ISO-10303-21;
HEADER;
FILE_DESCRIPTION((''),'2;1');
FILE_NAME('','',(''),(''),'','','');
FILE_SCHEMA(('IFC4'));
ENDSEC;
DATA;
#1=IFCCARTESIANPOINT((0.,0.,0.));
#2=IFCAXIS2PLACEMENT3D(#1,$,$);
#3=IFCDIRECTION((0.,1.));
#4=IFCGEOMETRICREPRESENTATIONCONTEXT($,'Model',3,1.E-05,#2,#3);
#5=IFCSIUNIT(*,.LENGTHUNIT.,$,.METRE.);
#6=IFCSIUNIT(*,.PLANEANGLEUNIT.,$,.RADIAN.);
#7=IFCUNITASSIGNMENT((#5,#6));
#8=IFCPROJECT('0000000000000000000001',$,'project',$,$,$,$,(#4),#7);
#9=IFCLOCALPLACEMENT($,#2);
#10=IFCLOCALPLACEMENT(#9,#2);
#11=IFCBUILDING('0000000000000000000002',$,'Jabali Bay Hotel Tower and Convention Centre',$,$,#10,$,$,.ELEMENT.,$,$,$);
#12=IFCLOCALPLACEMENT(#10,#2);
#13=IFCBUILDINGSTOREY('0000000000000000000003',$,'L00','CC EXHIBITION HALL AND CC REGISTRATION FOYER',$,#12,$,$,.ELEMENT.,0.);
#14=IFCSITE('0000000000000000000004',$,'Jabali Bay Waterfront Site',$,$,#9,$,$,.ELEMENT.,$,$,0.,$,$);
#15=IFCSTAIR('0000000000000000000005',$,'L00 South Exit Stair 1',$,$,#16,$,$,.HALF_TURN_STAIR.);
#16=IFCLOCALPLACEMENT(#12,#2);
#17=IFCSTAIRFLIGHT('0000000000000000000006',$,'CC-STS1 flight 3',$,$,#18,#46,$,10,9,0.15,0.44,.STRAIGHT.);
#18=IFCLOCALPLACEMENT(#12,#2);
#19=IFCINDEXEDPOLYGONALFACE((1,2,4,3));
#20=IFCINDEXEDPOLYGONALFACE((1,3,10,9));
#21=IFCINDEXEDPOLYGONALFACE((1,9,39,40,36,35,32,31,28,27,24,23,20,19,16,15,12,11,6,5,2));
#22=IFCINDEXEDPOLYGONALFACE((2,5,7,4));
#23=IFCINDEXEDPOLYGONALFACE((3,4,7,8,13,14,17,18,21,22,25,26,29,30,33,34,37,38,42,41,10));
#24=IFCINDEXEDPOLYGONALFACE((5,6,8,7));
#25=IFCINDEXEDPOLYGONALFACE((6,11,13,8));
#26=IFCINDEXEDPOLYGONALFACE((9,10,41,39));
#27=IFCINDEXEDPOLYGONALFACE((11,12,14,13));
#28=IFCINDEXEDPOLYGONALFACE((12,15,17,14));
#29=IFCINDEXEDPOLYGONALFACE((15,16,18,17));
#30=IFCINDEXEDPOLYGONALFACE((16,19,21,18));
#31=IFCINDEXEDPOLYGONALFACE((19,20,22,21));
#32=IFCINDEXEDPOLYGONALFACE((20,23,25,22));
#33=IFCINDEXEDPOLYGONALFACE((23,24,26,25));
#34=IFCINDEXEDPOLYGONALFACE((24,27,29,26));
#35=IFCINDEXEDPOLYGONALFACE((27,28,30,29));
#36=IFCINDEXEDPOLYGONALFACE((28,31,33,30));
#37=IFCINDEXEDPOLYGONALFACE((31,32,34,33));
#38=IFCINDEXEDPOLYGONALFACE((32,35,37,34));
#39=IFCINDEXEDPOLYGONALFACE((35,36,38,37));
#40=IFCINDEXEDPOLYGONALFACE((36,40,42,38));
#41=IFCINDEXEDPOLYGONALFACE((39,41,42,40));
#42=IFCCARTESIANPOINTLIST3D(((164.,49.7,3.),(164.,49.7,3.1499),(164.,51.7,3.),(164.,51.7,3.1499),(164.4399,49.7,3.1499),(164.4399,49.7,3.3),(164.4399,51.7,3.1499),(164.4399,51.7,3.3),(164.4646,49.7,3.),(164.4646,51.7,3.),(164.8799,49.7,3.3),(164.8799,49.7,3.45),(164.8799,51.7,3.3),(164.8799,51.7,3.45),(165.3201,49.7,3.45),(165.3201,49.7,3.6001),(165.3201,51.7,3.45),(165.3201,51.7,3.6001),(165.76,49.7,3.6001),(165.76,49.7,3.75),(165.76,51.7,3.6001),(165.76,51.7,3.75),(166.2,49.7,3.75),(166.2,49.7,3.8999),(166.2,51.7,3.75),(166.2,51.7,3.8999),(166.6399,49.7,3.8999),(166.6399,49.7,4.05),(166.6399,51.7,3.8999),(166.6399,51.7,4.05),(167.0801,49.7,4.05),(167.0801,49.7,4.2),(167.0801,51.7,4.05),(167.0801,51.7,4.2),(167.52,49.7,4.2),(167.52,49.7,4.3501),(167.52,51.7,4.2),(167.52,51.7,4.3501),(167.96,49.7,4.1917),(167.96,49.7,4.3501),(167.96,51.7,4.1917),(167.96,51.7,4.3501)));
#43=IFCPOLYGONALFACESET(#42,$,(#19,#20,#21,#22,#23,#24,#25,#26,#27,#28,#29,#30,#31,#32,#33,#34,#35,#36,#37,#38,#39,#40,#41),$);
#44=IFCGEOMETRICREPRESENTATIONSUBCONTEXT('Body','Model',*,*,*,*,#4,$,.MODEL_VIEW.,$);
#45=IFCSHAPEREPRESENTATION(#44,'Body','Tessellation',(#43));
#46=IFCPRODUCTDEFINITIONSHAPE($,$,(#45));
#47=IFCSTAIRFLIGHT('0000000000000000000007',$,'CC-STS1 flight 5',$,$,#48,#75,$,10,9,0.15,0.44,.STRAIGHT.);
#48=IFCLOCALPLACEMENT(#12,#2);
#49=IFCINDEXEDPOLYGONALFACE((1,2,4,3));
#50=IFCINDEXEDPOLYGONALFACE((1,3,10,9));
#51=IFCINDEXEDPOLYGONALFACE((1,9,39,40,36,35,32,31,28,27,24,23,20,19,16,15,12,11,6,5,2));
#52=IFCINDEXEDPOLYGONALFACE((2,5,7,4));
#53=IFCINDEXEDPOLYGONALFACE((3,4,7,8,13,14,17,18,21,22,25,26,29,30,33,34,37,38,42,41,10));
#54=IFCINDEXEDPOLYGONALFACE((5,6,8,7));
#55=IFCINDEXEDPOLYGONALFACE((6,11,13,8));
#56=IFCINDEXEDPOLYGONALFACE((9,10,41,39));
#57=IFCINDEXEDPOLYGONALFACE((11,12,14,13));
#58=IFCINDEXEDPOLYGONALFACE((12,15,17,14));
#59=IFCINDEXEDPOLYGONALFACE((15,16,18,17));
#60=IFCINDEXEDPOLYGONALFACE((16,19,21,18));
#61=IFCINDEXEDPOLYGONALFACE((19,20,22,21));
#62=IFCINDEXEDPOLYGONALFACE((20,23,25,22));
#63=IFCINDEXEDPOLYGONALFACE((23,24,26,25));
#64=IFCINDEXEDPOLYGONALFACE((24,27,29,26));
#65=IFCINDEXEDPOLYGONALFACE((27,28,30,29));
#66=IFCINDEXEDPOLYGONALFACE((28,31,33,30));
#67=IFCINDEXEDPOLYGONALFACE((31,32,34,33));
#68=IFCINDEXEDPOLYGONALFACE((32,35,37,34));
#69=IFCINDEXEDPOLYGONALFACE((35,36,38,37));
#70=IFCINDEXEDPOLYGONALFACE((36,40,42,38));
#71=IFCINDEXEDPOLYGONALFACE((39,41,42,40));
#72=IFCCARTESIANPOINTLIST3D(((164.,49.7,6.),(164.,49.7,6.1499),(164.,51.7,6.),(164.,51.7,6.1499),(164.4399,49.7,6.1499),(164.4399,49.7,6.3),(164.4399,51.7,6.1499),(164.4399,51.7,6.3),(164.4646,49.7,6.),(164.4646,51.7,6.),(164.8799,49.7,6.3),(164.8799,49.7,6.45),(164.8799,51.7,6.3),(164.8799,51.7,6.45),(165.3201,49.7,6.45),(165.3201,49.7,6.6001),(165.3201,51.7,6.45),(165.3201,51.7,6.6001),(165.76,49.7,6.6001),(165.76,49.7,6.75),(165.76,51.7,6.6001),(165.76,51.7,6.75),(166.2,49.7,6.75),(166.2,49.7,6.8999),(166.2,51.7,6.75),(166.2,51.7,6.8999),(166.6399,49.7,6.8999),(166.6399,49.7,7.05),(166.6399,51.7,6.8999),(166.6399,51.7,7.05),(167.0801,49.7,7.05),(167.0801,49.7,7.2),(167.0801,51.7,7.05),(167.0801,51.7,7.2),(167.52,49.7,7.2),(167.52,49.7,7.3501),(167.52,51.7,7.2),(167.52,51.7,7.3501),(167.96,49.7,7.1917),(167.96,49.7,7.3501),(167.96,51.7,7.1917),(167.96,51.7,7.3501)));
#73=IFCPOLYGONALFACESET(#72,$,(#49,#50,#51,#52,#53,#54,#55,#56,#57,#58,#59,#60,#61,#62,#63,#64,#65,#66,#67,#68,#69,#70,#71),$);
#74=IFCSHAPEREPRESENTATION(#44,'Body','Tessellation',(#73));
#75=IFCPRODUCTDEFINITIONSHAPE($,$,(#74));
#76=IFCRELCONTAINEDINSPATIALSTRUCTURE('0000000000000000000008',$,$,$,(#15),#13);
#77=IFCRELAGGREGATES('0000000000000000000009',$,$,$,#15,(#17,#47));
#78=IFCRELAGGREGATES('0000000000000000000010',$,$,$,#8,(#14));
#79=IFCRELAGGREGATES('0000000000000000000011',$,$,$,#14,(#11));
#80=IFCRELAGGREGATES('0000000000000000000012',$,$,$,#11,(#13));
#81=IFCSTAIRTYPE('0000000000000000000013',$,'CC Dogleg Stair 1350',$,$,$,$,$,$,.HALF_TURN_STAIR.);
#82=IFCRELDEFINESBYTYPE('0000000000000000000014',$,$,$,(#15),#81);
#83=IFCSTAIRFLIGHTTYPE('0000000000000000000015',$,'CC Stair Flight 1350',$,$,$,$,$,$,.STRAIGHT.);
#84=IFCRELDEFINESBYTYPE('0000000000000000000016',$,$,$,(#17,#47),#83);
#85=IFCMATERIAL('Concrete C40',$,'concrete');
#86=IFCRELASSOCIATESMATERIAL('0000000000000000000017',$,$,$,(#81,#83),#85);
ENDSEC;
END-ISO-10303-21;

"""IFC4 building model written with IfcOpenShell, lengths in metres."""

from ifc_helpers import new_model, si_unit, direction, frame, origin, place, context, subcontext, project, spatial, polyline, outline, extrude, material, type_object, element, aggregate, save


model = new_model("IFC4")

# Units and contexts
model_context = context("Model", 3, precision=1e-05, world=origin(), true_north=direction((0.0, 1.0)))
body_context = subcontext(model_context, "Body", "Model", "MODEL_VIEW")
ifc_project = project(units=[si_unit("LENGTHUNIT", "METRE"), si_unit("PLANEANGLEUNIT", "RADIAN")], contexts=[model_context])

# Site, building, storey
site_placement = place(None, origin())
site = spatial("IfcSite", under=ifc_project, at=site_placement, Name="Jabali Bay Waterfront Site", CompositionType="ELEMENT", RefElevation=0.0)
building_placement = place(site_placement, origin())
building = spatial("IfcBuilding", under=site, at=building_placement, Name="Jabali Bay Hotel Tower and Convention Centre", CompositionType="ELEMENT")
storey_placement = place(building_placement, origin())
storey = spatial("IfcBuildingStorey", under=building, at=storey_placement, Name="L00", Description="CC EXHIBITION HALL AND CC REGISTRATION FOYER", CompositionType="ELEMENT", Elevation=0.0)

# Shared definitions
ifc_material_1 = material(Name="Concrete C40", Category="concrete")

# Stair, stair flights
stair_type = type_object("IfcStairType", Name="CC Dogleg Stair 1350", PredefinedType="HALF_TURN_STAIR", material=ifc_material_1)
stair_placement = place(storey_placement, origin())
stair = element("IfcStair", 1, at=stair_placement, inside=storey, type_object=stair_type, Name="L00 South Exit Stair 1", PredefinedType="HALF_TURN_STAIR")
stair_flight_type = type_object("IfcStairFlightType", Name="CC Stair Flight 1350", PredefinedType="STRAIGHT", material=ifc_material_1)
stair_flight_1_placement = place(storey_placement, frame((164.0, 50.7, 3.0), z_axis=(0.0, 0.0, 1.0), x_axis=(1.0, 0.0, 0.0)))
stair_flight_1 = element("IfcStairFlight", 2, at=stair_flight_1_placement, type_object=stair_flight_type, Name="CC-STS1 flight 3", NumberOfRisers=10, NumberOfTreads=9, PredefinedType="STRAIGHT", RiserHeight=0.15, TreadLength=0.44, context=body_context, shape_type="SweptSolid", body=[
    extrude(outline(polyline([(0.0, 0.0), (0.0, 0.1499), (0.4399, 0.1499), (0.4399, 0.3), (0.8799, 0.3), (0.8799, 0.45), (1.3201, 0.45), (1.3201, 0.6001), (1.76, 0.6001), (1.76, 0.75), (2.2, 0.75), (2.2, 0.8999), (2.6399, 0.8999), (2.6399, 1.05), (3.0801, 1.05), (3.0801, 1.2), (3.52, 1.2), (3.52, 1.3501), (3.96, 1.3501), (3.96, 1.5), (3.96, 1.1917), (0.4646, 0.0), (0.0, 0.0)])), frame((0.0, 1.0, 0.0), z_axis=(0.0, -1.0, 0.0), x_axis=(1.0, 0.0, 0.0)), (0.0, 0.0, 1.0), 2.0),
])
stair_flight_2_placement = place(storey_placement, frame((164.0, 50.7, 6.0), z_axis=(0.0, 0.0, 1.0), x_axis=(1.0, 0.0, 0.0)))
stair_flight_2 = element("IfcStairFlight", 3, at=stair_flight_2_placement, type_object=stair_flight_type, Name="CC-STS1 flight 5", NumberOfRisers=10, NumberOfTreads=9, PredefinedType="STRAIGHT", RiserHeight=0.15, TreadLength=0.44, context=body_context, shape_type="SweptSolid", body=[
    extrude(outline(polyline([(0.0, 0.0), (0.0, 0.1499), (0.4399, 0.1499), (0.4399, 0.3), (0.8799, 0.3), (0.8799, 0.45), (1.3201, 0.45), (1.3201, 0.6001), (1.76, 0.6001), (1.76, 0.75), (2.2, 0.75), (2.2, 0.8999), (2.6399, 0.8999), (2.6399, 1.05), (3.0801, 1.05), (3.0801, 1.2), (3.52, 1.2), (3.52, 1.3501), (3.96, 1.3501), (3.96, 1.5), (3.96, 1.1917), (0.4646, 0.0), (0.0, 0.0)])), frame((0.0, 1.0, 0.0), z_axis=(0.0, -1.0, 0.0), x_axis=(1.0, 0.0, 0.0)), (0.0, 0.0, 1.0), 2.0),
])
aggregate(stair, [stair_flight_1, stair_flight_2])

save(model, "model.ifc")
